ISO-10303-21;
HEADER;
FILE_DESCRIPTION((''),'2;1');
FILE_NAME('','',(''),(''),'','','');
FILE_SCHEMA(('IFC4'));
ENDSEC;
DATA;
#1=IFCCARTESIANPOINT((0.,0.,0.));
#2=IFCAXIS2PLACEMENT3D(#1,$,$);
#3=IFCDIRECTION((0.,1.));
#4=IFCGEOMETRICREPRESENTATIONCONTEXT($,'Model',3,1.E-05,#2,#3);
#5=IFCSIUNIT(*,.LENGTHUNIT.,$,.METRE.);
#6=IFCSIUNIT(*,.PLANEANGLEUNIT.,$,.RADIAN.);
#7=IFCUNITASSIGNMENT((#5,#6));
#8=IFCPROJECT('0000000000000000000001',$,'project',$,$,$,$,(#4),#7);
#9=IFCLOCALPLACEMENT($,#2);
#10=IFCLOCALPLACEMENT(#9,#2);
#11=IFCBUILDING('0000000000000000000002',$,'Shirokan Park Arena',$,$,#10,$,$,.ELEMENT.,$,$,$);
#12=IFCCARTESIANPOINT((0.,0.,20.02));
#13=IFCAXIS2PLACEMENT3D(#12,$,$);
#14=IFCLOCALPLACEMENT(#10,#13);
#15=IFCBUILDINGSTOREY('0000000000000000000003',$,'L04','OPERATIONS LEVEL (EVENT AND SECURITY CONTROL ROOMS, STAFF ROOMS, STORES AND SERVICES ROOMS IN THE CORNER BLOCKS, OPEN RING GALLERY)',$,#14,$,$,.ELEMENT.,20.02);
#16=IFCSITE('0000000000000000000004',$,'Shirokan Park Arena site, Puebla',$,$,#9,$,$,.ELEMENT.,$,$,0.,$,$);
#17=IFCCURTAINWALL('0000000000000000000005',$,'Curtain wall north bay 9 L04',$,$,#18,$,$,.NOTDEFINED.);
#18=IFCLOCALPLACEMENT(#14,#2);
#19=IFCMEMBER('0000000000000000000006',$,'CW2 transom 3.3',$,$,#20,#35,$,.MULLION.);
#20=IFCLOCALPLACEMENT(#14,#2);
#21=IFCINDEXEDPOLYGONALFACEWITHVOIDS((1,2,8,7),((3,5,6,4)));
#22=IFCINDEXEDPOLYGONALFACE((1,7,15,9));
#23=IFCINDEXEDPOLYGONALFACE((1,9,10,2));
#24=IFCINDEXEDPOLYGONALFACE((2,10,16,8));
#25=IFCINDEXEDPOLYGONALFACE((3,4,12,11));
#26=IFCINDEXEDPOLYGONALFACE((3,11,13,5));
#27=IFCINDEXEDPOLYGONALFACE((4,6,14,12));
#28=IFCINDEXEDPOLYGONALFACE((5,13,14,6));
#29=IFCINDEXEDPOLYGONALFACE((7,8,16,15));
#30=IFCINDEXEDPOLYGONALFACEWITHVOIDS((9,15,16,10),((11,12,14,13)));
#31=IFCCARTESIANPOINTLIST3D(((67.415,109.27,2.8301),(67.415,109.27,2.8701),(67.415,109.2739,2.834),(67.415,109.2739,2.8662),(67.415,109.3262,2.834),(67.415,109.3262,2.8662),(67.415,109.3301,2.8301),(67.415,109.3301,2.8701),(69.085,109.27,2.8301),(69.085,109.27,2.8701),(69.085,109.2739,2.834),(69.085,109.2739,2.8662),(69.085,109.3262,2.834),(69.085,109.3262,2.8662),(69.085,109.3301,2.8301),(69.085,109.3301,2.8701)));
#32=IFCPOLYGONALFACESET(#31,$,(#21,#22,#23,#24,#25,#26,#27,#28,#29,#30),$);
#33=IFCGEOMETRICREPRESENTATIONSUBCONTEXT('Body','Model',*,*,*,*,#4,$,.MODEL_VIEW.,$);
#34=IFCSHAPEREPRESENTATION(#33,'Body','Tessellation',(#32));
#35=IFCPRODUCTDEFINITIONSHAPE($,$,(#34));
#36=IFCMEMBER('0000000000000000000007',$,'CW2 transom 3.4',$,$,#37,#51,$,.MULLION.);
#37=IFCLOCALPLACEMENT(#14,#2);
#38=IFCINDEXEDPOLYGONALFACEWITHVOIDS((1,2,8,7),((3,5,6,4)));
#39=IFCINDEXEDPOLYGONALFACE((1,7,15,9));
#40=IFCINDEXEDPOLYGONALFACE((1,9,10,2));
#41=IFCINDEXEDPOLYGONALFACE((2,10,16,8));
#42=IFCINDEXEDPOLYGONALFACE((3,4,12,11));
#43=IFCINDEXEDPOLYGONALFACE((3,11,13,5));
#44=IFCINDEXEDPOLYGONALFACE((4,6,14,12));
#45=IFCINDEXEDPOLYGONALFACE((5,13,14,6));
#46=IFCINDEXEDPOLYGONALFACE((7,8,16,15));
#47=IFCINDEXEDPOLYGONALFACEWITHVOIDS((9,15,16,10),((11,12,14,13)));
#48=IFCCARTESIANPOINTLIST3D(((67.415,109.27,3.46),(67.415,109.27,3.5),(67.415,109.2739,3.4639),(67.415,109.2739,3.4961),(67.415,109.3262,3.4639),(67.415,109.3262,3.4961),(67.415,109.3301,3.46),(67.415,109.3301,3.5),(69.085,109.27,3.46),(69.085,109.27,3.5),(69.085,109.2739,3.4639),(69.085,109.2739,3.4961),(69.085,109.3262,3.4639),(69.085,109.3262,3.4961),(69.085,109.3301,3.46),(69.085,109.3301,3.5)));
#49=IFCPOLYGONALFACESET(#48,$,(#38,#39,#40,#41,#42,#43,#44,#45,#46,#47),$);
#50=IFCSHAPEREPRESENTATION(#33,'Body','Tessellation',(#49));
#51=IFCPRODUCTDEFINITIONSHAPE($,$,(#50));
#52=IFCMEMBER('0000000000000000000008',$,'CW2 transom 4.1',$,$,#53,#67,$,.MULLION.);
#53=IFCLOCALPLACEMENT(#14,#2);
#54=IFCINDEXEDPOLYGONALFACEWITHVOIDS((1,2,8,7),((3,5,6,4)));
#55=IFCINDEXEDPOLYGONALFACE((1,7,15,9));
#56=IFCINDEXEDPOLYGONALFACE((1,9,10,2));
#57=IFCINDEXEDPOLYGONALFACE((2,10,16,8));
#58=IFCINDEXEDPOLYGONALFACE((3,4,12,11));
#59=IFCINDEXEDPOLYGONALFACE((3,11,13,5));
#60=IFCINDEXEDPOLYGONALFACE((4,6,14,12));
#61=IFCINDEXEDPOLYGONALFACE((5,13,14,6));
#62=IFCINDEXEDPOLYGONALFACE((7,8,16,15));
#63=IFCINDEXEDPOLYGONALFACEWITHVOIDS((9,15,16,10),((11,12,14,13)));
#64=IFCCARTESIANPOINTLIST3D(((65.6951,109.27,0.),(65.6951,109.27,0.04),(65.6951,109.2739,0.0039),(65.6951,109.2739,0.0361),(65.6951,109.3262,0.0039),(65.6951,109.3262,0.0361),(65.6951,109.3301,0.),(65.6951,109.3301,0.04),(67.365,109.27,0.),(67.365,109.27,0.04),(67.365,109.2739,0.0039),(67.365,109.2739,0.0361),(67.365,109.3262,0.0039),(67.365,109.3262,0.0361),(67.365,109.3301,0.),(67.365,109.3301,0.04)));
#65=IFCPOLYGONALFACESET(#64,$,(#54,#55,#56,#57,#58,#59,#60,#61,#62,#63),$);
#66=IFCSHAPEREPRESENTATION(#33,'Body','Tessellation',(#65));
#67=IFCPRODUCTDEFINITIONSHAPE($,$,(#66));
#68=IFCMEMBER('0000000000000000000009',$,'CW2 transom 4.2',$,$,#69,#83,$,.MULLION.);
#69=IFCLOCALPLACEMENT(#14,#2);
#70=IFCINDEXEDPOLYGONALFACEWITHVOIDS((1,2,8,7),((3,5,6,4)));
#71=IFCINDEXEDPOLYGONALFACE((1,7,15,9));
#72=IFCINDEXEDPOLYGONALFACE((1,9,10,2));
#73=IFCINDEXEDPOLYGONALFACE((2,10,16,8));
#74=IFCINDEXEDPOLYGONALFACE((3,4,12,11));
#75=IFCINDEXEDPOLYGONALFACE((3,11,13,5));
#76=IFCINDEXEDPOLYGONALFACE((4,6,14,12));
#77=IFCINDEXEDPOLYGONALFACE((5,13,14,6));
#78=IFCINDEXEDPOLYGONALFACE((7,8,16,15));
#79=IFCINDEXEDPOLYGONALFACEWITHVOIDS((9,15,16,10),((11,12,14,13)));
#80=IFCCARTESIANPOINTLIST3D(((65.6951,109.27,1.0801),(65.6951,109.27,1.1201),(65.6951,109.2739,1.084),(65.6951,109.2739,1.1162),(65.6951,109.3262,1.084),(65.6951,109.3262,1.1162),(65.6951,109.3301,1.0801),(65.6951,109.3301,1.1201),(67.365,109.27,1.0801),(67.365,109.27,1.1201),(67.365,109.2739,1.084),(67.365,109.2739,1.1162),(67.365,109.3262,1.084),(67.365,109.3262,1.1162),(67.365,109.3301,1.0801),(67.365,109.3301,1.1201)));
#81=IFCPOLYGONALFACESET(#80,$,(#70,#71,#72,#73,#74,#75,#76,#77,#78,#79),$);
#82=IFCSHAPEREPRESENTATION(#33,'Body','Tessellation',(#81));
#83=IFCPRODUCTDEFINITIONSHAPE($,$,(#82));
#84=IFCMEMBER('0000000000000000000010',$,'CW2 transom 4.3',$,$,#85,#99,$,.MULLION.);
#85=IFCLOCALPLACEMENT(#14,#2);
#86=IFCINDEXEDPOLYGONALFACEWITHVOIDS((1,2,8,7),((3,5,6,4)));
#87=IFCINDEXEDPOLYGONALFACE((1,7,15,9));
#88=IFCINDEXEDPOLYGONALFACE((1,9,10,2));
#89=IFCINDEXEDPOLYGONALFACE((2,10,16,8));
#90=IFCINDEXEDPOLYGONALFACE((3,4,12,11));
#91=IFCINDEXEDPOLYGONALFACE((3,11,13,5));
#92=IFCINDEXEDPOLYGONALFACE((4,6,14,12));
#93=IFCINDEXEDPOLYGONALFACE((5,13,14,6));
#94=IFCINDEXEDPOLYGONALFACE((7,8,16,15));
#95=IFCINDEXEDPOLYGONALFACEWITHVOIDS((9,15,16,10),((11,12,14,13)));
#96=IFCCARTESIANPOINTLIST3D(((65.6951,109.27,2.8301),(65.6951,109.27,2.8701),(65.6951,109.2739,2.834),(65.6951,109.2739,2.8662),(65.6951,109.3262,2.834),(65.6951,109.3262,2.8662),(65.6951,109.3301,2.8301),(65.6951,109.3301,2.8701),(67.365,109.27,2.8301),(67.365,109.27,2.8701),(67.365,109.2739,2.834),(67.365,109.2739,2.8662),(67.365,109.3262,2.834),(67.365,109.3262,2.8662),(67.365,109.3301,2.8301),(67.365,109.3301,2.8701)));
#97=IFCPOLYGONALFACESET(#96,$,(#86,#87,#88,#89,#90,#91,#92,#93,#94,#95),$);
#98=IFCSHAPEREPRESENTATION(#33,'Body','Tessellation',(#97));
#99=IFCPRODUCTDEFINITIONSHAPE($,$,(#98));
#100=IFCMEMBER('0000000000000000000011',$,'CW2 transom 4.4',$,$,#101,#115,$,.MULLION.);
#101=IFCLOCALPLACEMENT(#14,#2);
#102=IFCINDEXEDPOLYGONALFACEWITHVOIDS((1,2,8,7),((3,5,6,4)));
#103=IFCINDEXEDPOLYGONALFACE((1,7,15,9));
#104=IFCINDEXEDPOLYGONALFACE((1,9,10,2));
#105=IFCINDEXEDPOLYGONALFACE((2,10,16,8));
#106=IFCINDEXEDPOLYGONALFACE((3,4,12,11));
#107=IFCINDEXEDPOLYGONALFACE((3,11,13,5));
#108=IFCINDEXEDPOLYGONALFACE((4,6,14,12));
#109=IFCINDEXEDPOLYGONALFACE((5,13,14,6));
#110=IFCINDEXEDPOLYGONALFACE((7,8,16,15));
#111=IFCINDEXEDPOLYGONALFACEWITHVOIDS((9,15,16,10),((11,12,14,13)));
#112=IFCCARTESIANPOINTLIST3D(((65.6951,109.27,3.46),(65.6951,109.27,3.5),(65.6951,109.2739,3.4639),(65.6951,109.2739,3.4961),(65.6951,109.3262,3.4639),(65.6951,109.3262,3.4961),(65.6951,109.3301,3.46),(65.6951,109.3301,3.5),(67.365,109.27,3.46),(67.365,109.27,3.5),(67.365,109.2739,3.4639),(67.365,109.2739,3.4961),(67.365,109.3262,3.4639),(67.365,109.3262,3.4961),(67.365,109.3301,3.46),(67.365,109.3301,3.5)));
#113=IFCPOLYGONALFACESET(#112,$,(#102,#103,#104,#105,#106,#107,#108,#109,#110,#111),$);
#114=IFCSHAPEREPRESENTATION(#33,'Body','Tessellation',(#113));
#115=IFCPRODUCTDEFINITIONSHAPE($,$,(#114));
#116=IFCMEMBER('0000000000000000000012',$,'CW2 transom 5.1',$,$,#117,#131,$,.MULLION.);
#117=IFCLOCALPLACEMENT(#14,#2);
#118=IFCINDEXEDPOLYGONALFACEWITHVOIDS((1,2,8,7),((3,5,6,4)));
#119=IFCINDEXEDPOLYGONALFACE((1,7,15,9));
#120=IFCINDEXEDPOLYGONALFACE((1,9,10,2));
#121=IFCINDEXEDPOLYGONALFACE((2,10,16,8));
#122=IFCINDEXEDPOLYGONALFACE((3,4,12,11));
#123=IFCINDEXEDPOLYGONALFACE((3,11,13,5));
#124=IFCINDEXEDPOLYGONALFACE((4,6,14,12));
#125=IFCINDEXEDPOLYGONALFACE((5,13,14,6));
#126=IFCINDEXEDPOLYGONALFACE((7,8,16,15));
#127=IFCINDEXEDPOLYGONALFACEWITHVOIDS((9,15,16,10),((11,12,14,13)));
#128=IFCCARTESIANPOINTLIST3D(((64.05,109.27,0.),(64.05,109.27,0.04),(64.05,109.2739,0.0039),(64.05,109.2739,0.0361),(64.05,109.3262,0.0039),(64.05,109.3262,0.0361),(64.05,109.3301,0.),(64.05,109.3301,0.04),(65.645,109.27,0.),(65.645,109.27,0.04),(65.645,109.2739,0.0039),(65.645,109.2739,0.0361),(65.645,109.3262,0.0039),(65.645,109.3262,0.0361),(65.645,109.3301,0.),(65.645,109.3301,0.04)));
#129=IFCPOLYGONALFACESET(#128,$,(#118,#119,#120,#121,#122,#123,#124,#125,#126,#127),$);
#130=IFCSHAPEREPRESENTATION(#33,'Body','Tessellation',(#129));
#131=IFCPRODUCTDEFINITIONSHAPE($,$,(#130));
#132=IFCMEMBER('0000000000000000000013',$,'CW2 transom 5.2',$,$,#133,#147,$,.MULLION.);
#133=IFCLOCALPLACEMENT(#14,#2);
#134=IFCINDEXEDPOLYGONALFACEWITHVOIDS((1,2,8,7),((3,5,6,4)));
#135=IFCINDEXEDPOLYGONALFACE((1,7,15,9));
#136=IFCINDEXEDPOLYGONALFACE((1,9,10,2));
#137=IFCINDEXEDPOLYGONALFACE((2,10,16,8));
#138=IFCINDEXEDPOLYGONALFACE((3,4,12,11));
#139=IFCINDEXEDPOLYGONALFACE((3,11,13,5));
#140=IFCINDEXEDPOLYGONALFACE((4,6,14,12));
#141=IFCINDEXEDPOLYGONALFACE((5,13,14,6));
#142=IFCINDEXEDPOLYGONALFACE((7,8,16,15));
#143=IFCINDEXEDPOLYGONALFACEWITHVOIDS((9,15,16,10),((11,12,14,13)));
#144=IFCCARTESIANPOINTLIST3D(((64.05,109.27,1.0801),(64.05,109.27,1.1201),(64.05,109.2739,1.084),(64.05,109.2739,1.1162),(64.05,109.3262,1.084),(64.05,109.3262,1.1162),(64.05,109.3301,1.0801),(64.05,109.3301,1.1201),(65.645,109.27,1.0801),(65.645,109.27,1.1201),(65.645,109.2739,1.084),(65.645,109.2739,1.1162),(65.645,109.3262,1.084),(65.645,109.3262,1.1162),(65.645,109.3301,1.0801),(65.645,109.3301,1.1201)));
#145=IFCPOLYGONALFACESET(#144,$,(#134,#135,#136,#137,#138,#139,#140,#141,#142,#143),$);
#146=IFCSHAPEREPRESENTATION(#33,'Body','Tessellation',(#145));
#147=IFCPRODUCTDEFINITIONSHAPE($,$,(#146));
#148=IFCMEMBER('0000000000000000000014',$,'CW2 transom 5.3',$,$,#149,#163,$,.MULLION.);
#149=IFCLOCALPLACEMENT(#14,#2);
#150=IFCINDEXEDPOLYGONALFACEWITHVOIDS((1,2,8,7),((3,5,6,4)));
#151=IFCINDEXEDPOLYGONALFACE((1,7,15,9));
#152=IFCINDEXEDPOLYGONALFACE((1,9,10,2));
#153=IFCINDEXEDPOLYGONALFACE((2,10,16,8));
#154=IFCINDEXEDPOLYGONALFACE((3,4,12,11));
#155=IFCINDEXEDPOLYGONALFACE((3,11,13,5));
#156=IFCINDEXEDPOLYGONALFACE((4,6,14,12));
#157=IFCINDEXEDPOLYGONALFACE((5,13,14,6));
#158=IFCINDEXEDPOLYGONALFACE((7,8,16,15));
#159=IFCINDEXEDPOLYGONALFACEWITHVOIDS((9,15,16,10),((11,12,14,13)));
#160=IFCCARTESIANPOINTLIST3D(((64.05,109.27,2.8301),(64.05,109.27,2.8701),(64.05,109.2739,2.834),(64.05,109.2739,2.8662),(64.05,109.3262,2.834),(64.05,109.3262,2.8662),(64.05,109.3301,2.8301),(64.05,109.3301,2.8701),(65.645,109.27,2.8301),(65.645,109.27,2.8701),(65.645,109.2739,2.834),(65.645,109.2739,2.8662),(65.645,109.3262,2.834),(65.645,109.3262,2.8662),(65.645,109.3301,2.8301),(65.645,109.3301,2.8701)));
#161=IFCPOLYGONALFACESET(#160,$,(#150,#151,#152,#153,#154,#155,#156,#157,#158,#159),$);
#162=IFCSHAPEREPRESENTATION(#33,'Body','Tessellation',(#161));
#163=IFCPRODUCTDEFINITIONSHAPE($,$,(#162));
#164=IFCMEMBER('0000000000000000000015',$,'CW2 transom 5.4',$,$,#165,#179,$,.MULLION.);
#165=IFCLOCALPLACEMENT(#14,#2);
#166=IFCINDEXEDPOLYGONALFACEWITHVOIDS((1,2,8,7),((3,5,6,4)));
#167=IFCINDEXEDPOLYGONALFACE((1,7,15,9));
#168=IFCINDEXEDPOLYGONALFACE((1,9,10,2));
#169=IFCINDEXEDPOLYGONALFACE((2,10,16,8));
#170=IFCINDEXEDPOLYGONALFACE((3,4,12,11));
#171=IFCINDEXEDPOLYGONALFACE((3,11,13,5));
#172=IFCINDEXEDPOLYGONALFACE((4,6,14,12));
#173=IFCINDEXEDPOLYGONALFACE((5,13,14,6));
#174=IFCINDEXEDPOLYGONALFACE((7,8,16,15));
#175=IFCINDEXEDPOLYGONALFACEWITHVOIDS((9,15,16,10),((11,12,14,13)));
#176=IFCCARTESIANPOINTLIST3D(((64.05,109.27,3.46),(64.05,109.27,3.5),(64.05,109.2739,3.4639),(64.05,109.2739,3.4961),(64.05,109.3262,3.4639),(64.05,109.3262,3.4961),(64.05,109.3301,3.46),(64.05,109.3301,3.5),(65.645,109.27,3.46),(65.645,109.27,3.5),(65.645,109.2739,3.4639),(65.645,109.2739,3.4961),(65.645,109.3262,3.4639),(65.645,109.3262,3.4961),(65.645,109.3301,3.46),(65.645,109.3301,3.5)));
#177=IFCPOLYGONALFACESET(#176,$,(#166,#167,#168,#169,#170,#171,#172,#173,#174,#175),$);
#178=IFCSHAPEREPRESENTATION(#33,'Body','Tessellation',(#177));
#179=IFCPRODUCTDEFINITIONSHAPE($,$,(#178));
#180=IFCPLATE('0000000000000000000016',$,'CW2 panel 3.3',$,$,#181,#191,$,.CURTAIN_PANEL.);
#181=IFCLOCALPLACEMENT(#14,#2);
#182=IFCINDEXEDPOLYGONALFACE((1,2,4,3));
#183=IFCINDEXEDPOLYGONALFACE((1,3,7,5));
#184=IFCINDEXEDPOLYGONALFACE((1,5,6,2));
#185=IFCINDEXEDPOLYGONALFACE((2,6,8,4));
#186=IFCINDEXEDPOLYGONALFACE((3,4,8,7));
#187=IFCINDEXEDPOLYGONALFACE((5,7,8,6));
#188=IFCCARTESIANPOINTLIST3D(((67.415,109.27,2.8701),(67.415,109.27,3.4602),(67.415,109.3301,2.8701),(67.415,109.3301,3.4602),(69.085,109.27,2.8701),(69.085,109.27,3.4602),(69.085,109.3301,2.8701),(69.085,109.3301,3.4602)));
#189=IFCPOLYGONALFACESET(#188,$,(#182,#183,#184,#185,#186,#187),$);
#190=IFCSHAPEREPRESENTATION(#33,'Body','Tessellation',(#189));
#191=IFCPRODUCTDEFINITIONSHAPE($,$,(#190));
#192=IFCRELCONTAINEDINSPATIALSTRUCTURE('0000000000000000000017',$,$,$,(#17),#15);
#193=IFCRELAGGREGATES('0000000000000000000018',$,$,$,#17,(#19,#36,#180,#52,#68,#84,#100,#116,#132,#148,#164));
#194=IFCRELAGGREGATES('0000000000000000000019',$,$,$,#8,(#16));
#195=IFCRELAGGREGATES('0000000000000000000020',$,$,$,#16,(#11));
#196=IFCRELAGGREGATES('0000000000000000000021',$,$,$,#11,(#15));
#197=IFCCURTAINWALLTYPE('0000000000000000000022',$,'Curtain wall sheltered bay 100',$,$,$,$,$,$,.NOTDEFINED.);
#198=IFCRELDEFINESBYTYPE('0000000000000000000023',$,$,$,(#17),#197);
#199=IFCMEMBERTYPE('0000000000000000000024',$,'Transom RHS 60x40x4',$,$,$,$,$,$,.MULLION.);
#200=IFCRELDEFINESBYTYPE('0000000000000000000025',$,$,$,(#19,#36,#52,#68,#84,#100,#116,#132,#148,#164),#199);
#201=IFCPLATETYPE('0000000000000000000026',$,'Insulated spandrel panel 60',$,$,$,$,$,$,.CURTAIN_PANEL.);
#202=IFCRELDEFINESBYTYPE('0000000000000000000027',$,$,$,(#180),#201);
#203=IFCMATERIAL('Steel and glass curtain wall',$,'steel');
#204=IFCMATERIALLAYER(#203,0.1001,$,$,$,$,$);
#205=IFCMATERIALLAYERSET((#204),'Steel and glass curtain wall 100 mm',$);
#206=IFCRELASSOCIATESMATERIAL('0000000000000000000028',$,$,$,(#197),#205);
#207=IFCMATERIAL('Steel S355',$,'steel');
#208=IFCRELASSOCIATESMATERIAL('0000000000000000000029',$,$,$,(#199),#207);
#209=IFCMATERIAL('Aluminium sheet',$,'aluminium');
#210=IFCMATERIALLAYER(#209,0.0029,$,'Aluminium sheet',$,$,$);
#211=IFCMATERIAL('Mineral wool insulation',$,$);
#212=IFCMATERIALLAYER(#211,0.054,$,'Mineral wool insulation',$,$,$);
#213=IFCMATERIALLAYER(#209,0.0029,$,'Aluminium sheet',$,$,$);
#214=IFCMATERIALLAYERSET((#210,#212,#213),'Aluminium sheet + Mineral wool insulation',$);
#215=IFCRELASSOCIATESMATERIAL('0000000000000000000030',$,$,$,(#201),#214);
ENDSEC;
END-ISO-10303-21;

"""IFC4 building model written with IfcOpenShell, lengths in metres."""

from ifc_helpers import new_model, si_unit, direction, frame, origin, origin_2d, place, context, subcontext, project, spatial, rectangle, hollow_rectangle, extrude, material, layer, layer_set, material_profile, profile_set, type_object, element, aggregate, save


model = new_model("IFC4")

# Units and contexts
model_context = context("Model", 3, precision=1e-05, world=origin(), true_north=direction((0.0, 1.0)))
body_context = subcontext(model_context, "Body", "Model", "MODEL_VIEW")
ifc_project = project(units=[si_unit("LENGTHUNIT", "METRE"), si_unit("PLANEANGLEUNIT", "RADIAN")], contexts=[model_context])

# Site, building, storey
site_placement = place(None, origin())
site = spatial("IfcSite", under=ifc_project, at=site_placement, Name="Shirokan Park Arena site, Puebla", CompositionType="ELEMENT", RefElevation=0.0)
building_placement = place(site_placement, origin())
building = spatial("IfcBuilding", under=site, at=building_placement, Name="Shirokan Park Arena", CompositionType="ELEMENT")
storey_placement = place(building_placement, frame((0.0, 0.0, 20.02)))
storey = spatial("IfcBuildingStorey", under=building, at=storey_placement, Name="L04", Description="OPERATIONS LEVEL (EVENT AND SECURITY CONTROL ROOMS, STAFF ROOMS, STORES AND SERVICES ROOMS IN THE CORNER BLOCKS, OPEN RING GALLERY)", CompositionType="ELEMENT", Elevation=20.02)

# Curtain wall
ifc_material_1 = material(Name="Steel and glass curtain wall", Category="steel")
ifc_layer_1 = layer(ifc_material_1, 0.1001)
ifc_layer_set_1 = layer_set([ifc_layer_1], Name="Steel and glass curtain wall 100 mm")
curtain_wall_type = type_object("IfcCurtainWallType", Name="Curtain wall sheltered bay 100", PredefinedType="NOTDEFINED", material=ifc_layer_set_1)
curtain_wall_placement = place(storey_placement, origin())
curtain_wall = element("IfcCurtainWall", 1, at=curtain_wall_placement, inside=storey, type_object=curtain_wall_type, Name="Curtain wall north bay 9 L04", PredefinedType="NOTDEFINED")
ifc_material_2 = material(Name="Steel S355", Category="steel")

# Members
ifc_material_profile_1 = material_profile(ifc_material_2, hollow_rectangle(XDim=0.0601, YDim=0.04, WallThickness=0.0039, at=origin_2d()), Name="RHS 60x40x4")
ifc_profile_set_1 = profile_set([ifc_material_profile_1], Name="Steel S355")
member_type_1 = type_object("IfcMemberType", Name="Transom RHS 60x40x4", PredefinedType="MULLION", material=ifc_profile_set_1)
member_1_placement = place(storey_placement, frame((69.085, 109.3, 2.8501), z_axis=(-1.0, 0.0, 0.0), x_axis=(0.0, -1.0, 0.0)))
member_1 = element("IfcMember", 2, at=member_1_placement, type_object=member_type_1, Name="CW2 transom 3.3", PredefinedType="MULLION", context=body_context, shape_type="SweptSolid", body=[
    extrude(hollow_rectangle(XDim=0.0601, YDim=0.04, WallThickness=0.0039, at=origin_2d()), origin(), (0.0, 0.0, 1.0), 1.6699),
])
member_2_placement = place(storey_placement, frame((69.085, 109.3, 3.48), z_axis=(-1.0, 0.0, 0.0), x_axis=(0.0, -1.0, 0.0)))
member_2 = element("IfcMember", 3, at=member_2_placement, type_object=member_type_1, Name="CW2 transom 3.4", PredefinedType="MULLION", context=body_context, shape_type="SweptSolid", body=[
    extrude(hollow_rectangle(XDim=0.0601, YDim=0.04, WallThickness=0.0039, at=origin_2d()), origin(), (0.0, 0.0, 1.0), 1.6699),
])
member_3_placement = place(storey_placement, frame((67.365, 109.3, 0.02), z_axis=(-1.0, 0.0, 0.0), x_axis=(0.0, -1.0, 0.0)))
member_3 = element("IfcMember", 4, at=member_3_placement, type_object=member_type_1, Name="CW2 transom 4.1", PredefinedType="MULLION", context=body_context, shape_type="SweptSolid", body=[
    extrude(hollow_rectangle(XDim=0.0601, YDim=0.04, WallThickness=0.0039, at=origin_2d()), origin(), (0.0, 0.0, 1.0), 1.6699),
])
member_4_placement = place(storey_placement, frame((67.365, 109.3, 1.1001), z_axis=(-1.0, 0.0, 0.0), x_axis=(0.0, -1.0, 0.0)))
member_4 = element("IfcMember", 5, at=member_4_placement, type_object=member_type_1, Name="CW2 transom 4.2", PredefinedType="MULLION", context=body_context, shape_type="SweptSolid", body=[
    extrude(hollow_rectangle(XDim=0.0601, YDim=0.04, WallThickness=0.0039, at=origin_2d()), origin(), (0.0, 0.0, 1.0), 1.6699),
])
member_5_placement = place(storey_placement, frame((67.365, 109.3, 2.8501), z_axis=(-1.0, 0.0, 0.0), x_axis=(0.0, -1.0, 0.0)))
member_5 = element("IfcMember", 6, at=member_5_placement, type_object=member_type_1, Name="CW2 transom 4.3", PredefinedType="MULLION", context=body_context, shape_type="SweptSolid", body=[
    extrude(hollow_rectangle(XDim=0.0601, YDim=0.04, WallThickness=0.0039, at=origin_2d()), origin(), (0.0, 0.0, 1.0), 1.6699),
])
member_6_placement = place(storey_placement, frame((67.365, 109.3, 3.48), z_axis=(-1.0, 0.0, 0.0), x_axis=(0.0, -1.0, 0.0)))
member_6 = element("IfcMember", 7, at=member_6_placement, type_object=member_type_1, Name="CW2 transom 4.4", PredefinedType="MULLION", context=body_context, shape_type="SweptSolid", body=[
    extrude(hollow_rectangle(XDim=0.0601, YDim=0.04, WallThickness=0.0039, at=origin_2d()), origin(), (0.0, 0.0, 1.0), 1.6699),
])
member_7_placement = place(storey_placement, frame((65.645, 109.3, 0.02), z_axis=(-1.0, 0.0, 0.0), x_axis=(0.0, -1.0, 0.0)))
member_7 = element("IfcMember", 8, at=member_7_placement, type_object=member_type_1, Name="CW2 transom 5.1", PredefinedType="MULLION", context=body_context, shape_type="SweptSolid", body=[
    extrude(hollow_rectangle(XDim=0.0601, YDim=0.04, WallThickness=0.0039, at=origin_2d()), origin(), (0.0, 0.0, 1.0), 1.595),
])
member_8_placement = place(storey_placement, frame((65.645, 109.3, 1.1001), z_axis=(-1.0, 0.0, 0.0), x_axis=(0.0, -1.0, 0.0)))
member_8 = element("IfcMember", 9, at=member_8_placement, type_object=member_type_1, Name="CW2 transom 5.2", PredefinedType="MULLION", context=body_context, shape_type="SweptSolid", body=[
    extrude(hollow_rectangle(XDim=0.0601, YDim=0.04, WallThickness=0.0039, at=origin_2d()), origin(), (0.0, 0.0, 1.0), 1.595),
])
member_9_placement = place(storey_placement, frame((65.645, 109.3, 2.8501), z_axis=(-1.0, 0.0, 0.0), x_axis=(0.0, -1.0, 0.0)))
member_9 = element("IfcMember", 10, at=member_9_placement, type_object=member_type_1, Name="CW2 transom 5.3", PredefinedType="MULLION", context=body_context, shape_type="SweptSolid", body=[
    extrude(hollow_rectangle(XDim=0.0601, YDim=0.04, WallThickness=0.0039, at=origin_2d()), origin(), (0.0, 0.0, 1.0), 1.595),
])
member_10_placement = place(storey_placement, frame((65.645, 109.3, 3.48), z_axis=(-1.0, 0.0, 0.0), x_axis=(0.0, -1.0, 0.0)))
member_10 = element("IfcMember", 11, at=member_10_placement, type_object=member_type_1, Name="CW2 transom 5.4", PredefinedType="MULLION", context=body_context, shape_type="SweptSolid", body=[
    extrude(hollow_rectangle(XDim=0.0601, YDim=0.04, WallThickness=0.0039, at=origin_2d()), origin(), (0.0, 0.0, 1.0), 1.595),
])

# Plate
ifc_material_3 = material(Name="Aluminium sheet", Category="aluminium")
ifc_layer_2 = layer(ifc_material_3, 0.0029, Name="Aluminium sheet")
ifc_material_4 = material(Name="Mineral wool insulation")
ifc_layer_3 = layer(ifc_material_4, 0.054, Name="Mineral wool insulation")
ifc_layer_4 = layer(ifc_material_3, 0.0029, Name="Aluminium sheet")
ifc_layer_set_2 = layer_set([ifc_layer_2, ifc_layer_3, ifc_layer_4], Name="Aluminium sheet + Mineral wool insulation")
plate_type_1 = type_object("IfcPlateType", Name="Insulated spandrel panel 60", PredefinedType="CURTAIN_PANEL", material=ifc_layer_set_2)
plate_1_placement = place(storey_placement, frame((68.25, 109.3, 2.8701), z_axis=(0.0, 0.0, 1.0), x_axis=(-1.0, 0.0, 0.0)))
plate_1 = element("IfcPlate", 12, at=plate_1_placement, type_object=plate_type_1, Name="CW2 panel 3.3", PredefinedType="CURTAIN_PANEL", context=body_context, shape_type="SweptSolid", body=[
    extrude(rectangle(XDim=1.6699, YDim=0.0601, at=origin_2d()), origin(), (0.0, 0.0, 1.0), 0.5901),
])
aggregate(curtain_wall, [member_1, member_2, plate_1, member_3, member_4, member_5, member_6, member_7, member_8, member_9, member_10])

save(model, "model.ifc")
